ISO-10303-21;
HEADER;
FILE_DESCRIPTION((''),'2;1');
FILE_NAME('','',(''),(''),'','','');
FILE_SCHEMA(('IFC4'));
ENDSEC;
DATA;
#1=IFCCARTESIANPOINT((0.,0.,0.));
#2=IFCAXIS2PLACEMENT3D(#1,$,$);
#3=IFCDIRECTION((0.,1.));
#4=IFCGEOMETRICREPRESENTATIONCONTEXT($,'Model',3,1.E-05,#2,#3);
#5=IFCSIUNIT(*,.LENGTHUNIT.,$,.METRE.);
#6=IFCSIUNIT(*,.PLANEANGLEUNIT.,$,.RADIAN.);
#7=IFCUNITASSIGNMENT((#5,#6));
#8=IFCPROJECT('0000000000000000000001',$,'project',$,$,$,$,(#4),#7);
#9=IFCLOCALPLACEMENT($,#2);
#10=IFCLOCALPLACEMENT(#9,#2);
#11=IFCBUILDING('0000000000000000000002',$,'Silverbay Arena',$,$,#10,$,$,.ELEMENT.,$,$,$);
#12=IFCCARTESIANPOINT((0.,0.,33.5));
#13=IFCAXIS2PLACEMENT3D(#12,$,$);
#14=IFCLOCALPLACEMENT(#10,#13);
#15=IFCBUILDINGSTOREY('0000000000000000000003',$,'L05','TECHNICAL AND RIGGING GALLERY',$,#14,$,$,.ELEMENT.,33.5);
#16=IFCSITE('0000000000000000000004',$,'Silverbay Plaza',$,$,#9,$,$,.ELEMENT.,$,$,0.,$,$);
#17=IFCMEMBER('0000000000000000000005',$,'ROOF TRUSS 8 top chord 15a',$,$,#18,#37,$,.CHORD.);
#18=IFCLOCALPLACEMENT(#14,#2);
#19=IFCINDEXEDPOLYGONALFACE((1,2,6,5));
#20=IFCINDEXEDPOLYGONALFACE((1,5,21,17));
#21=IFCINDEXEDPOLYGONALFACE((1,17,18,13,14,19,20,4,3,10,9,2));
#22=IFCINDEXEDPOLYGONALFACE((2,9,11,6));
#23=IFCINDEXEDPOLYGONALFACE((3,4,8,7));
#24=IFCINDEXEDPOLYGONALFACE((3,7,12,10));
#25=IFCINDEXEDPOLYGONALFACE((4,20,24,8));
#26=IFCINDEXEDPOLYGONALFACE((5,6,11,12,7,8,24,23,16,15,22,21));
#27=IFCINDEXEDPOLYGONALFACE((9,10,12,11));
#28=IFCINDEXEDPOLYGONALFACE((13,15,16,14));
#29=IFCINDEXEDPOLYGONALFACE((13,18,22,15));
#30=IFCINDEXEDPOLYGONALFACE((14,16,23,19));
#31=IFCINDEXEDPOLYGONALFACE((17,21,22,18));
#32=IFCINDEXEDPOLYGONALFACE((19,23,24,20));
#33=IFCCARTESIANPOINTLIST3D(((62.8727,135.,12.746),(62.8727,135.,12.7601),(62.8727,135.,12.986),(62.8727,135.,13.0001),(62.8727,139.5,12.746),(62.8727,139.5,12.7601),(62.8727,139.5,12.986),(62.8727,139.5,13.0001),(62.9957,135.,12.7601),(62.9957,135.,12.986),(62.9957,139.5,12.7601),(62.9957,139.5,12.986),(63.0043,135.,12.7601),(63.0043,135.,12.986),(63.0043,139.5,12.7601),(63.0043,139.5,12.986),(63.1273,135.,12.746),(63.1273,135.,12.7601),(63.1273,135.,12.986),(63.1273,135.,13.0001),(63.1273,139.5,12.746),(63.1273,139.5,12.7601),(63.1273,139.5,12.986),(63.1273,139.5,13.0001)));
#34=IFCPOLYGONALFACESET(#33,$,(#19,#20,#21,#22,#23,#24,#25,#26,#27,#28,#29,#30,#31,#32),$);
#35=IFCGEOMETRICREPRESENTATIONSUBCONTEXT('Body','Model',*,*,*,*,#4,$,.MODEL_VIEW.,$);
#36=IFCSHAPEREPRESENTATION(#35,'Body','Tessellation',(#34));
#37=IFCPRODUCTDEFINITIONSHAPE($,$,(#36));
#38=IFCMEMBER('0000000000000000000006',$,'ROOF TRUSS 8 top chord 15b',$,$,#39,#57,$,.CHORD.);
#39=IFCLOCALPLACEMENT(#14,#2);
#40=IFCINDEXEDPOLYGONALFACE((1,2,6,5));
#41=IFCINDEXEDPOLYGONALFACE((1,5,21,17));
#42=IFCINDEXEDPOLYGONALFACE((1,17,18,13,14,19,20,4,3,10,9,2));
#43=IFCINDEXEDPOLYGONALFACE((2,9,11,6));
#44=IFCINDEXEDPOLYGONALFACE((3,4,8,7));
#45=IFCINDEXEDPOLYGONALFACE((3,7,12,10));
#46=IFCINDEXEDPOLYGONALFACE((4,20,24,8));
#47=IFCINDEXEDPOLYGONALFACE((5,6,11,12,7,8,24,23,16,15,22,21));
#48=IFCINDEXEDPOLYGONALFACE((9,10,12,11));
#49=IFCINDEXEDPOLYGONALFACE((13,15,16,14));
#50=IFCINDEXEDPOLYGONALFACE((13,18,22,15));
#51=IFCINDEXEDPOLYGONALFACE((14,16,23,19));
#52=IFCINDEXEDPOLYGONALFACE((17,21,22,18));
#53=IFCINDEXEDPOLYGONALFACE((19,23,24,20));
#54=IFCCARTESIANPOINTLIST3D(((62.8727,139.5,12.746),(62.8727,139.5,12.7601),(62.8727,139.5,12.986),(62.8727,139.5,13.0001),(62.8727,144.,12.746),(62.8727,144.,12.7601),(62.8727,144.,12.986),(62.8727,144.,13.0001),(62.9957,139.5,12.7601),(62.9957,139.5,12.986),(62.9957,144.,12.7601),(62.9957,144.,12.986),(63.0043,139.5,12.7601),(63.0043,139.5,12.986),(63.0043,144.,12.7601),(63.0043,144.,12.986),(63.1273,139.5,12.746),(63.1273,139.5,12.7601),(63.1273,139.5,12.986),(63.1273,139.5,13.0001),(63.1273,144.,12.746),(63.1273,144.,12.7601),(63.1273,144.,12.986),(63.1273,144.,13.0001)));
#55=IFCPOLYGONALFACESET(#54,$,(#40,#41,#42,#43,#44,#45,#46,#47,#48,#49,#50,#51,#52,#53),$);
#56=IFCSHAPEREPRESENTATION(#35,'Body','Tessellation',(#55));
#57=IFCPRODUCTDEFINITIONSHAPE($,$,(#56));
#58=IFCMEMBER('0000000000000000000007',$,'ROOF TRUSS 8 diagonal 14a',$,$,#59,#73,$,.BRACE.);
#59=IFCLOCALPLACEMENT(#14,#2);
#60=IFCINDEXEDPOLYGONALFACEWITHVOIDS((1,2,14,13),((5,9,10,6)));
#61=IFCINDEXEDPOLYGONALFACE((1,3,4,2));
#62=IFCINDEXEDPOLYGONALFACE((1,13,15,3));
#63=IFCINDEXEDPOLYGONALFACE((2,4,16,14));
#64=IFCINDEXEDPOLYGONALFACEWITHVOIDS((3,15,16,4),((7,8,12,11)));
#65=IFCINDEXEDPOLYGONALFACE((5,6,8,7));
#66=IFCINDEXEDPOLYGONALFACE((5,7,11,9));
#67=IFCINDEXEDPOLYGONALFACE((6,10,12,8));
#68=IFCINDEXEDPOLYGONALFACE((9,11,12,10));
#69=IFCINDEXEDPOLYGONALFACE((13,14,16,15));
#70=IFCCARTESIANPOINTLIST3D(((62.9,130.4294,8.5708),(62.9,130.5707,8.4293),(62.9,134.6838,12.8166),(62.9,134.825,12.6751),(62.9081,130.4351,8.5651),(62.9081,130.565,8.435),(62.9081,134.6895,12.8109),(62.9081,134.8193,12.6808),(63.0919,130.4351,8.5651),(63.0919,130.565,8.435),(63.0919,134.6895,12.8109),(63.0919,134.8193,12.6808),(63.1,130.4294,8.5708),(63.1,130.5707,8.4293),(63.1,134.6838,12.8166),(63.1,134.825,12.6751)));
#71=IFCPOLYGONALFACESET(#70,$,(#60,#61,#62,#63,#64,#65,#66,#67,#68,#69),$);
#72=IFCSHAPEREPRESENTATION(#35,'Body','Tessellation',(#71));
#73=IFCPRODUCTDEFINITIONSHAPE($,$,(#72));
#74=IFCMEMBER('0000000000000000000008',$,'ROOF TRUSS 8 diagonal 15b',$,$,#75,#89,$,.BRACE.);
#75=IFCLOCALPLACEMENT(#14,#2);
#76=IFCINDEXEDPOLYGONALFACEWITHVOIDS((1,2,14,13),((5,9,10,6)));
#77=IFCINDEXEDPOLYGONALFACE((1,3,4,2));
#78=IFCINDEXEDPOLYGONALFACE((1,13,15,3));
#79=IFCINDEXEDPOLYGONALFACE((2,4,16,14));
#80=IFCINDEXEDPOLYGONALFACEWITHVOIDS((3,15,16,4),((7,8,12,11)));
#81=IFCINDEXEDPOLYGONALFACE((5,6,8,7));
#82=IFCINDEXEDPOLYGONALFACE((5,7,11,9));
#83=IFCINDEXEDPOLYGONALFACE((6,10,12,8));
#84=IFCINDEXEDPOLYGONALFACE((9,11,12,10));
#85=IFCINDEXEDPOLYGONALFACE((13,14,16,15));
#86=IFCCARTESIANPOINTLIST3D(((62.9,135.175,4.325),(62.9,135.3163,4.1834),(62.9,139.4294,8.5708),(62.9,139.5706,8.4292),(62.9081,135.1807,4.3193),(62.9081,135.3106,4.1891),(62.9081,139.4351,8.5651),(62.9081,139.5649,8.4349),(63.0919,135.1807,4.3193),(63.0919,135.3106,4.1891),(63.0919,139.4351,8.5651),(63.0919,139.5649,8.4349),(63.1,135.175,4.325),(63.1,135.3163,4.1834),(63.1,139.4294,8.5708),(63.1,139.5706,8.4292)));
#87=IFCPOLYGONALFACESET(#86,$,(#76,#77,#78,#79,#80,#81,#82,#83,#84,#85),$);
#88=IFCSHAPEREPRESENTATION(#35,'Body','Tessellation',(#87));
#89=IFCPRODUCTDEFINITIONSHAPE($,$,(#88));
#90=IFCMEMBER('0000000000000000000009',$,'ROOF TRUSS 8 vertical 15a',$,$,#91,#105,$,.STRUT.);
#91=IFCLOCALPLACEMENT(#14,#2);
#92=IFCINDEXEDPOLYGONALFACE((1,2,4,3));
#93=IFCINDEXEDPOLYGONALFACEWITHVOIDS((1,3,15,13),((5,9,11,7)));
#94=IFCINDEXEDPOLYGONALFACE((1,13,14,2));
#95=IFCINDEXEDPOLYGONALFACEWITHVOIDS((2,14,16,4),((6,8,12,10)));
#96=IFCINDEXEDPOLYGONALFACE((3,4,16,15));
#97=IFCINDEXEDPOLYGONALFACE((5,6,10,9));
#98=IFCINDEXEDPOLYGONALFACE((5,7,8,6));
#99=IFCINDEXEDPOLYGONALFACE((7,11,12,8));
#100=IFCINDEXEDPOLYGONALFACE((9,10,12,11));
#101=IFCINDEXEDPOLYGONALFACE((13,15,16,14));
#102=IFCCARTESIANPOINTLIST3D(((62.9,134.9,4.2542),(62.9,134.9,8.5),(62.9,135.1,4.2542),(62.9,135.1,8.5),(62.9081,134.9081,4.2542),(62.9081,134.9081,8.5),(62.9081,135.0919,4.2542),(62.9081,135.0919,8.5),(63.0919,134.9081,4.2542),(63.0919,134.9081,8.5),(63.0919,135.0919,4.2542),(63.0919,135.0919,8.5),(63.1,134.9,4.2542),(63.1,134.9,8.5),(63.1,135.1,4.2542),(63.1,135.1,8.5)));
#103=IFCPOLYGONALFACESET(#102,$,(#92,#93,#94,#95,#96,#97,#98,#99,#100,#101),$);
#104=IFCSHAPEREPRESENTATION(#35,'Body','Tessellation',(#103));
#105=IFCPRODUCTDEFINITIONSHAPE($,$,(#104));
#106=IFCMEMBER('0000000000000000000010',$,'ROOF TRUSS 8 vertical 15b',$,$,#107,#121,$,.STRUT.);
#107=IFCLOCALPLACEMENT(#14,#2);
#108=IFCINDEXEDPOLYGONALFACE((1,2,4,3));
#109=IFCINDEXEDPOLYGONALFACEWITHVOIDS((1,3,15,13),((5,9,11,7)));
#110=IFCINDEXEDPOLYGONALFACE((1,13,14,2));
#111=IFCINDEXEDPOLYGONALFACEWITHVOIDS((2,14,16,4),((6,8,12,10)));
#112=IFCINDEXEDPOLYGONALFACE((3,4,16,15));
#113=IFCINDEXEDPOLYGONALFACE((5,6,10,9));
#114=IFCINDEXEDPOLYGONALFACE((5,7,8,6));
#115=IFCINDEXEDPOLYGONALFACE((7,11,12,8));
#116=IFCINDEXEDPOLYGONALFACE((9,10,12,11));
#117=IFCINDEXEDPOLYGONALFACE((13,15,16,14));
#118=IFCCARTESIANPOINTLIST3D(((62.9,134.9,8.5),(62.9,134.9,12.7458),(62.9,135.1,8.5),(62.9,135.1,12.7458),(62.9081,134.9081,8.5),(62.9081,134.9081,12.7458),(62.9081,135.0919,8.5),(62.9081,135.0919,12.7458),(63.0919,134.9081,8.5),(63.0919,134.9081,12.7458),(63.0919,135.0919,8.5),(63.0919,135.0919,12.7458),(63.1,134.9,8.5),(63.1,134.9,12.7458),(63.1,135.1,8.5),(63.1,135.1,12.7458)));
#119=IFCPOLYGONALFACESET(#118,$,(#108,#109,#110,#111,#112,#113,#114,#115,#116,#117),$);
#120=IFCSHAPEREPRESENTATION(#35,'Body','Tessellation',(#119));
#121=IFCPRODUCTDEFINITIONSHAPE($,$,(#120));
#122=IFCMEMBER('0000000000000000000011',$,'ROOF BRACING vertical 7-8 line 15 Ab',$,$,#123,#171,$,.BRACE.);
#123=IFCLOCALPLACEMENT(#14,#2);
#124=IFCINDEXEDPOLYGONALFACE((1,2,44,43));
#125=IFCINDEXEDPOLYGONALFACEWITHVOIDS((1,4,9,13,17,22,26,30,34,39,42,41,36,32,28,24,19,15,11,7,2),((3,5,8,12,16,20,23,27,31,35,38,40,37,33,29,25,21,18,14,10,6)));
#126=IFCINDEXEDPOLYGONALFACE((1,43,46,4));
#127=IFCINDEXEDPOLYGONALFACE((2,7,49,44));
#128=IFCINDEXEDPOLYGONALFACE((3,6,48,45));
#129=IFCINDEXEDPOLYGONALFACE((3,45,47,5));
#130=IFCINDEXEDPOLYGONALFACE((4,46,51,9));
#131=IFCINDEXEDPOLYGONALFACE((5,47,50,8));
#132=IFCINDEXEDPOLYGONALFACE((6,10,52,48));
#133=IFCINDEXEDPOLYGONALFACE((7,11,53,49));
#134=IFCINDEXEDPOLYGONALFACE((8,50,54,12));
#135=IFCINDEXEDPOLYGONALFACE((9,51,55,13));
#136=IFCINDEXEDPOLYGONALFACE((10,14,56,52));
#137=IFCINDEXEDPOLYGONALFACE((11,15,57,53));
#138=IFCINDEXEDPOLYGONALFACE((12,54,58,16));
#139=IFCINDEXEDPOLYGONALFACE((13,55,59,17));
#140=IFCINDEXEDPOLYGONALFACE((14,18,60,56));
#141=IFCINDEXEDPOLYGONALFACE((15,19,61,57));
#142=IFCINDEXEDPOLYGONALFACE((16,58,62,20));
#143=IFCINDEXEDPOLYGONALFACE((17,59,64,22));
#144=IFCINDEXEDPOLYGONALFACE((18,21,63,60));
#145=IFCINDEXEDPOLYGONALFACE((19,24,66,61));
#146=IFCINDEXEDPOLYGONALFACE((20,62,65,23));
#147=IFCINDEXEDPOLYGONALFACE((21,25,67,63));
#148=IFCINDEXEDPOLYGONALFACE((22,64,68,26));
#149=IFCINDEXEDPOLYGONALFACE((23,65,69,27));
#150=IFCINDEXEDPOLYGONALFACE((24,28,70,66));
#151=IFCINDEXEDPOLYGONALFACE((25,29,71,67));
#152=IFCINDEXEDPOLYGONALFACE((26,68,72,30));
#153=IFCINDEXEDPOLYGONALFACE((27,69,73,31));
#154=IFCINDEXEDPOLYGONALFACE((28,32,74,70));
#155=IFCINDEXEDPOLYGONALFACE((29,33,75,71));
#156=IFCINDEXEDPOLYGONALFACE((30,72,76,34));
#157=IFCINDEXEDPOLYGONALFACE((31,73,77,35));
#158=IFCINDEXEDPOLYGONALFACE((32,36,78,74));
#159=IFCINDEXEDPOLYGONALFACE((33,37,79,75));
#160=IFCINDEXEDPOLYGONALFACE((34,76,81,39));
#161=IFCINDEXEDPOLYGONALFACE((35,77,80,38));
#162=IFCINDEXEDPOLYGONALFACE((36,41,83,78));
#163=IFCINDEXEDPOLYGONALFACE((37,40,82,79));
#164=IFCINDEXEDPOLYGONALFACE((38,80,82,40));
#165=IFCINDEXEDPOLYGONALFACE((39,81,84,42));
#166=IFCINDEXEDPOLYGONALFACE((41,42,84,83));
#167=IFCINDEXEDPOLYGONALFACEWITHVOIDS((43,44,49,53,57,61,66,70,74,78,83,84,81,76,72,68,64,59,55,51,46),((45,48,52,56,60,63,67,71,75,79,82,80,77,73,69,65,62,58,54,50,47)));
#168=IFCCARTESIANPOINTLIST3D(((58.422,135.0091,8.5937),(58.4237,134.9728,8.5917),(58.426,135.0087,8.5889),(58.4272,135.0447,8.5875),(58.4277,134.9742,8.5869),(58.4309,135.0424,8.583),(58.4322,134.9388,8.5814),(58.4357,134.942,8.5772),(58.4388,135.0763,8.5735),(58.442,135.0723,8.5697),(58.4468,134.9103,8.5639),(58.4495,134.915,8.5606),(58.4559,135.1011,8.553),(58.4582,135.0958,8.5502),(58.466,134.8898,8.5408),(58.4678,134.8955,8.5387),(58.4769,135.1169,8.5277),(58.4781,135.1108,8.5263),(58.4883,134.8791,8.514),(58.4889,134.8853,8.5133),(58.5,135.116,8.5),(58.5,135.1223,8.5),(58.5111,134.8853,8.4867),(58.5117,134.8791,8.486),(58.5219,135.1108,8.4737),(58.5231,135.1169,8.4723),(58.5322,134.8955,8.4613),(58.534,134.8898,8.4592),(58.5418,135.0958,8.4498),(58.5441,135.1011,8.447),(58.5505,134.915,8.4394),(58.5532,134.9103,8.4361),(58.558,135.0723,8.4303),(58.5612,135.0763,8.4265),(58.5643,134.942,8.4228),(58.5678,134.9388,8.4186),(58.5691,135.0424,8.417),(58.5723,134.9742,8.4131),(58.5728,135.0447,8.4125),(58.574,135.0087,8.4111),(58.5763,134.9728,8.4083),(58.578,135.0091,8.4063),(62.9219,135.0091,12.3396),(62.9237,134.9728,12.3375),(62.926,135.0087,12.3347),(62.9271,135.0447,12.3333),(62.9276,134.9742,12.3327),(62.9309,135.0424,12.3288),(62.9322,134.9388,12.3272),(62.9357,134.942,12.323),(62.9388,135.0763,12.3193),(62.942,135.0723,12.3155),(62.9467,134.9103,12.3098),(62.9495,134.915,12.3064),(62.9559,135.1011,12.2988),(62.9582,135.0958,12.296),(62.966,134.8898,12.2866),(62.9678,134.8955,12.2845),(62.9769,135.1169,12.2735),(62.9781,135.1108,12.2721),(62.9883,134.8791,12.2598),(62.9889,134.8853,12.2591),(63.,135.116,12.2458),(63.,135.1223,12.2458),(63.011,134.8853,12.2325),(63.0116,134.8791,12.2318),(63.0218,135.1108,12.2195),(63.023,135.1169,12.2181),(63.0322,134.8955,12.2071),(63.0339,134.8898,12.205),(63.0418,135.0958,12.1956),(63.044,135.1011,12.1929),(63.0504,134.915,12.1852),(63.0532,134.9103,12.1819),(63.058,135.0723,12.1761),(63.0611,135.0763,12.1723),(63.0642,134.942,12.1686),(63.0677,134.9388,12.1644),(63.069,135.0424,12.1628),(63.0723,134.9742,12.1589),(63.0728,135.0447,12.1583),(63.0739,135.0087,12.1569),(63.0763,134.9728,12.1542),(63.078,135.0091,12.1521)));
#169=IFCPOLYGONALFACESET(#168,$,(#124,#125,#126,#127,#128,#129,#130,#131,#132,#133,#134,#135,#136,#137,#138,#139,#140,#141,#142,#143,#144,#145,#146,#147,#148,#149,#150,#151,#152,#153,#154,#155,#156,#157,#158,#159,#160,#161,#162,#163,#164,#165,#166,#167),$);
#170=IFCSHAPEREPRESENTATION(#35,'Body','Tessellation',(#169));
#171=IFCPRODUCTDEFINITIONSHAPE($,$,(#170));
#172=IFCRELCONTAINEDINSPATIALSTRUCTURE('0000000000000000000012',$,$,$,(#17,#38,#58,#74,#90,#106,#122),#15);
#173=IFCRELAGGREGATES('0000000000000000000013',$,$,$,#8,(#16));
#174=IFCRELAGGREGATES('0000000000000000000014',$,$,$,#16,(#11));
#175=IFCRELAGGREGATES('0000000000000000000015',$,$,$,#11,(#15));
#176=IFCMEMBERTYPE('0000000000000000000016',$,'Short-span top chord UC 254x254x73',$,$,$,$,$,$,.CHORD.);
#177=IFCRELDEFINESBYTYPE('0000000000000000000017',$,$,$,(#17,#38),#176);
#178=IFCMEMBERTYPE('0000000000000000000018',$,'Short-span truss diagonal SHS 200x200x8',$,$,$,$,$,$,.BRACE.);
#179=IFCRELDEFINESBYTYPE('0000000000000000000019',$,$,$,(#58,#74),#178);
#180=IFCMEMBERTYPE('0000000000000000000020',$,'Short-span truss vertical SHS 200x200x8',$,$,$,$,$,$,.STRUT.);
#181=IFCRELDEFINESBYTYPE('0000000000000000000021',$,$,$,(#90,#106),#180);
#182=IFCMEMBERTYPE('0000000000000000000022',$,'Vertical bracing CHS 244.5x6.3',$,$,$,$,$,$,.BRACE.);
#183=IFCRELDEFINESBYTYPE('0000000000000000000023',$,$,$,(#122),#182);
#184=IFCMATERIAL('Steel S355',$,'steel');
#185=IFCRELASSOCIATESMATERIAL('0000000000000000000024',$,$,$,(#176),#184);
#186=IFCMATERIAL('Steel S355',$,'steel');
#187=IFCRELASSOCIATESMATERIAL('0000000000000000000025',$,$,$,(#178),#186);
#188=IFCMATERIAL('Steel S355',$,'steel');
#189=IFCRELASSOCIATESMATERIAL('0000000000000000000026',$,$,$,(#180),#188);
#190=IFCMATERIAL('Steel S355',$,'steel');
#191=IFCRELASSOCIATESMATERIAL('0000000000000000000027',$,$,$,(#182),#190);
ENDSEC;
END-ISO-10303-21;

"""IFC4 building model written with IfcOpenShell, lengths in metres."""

from ifc_helpers import new_model, si_unit, direction, frame, origin, origin_2d, place, context, subcontext, project, spatial, hollow_rectangle, hollow_circle, i_section, extrude, material, material_profile, profile_set, type_object, element, save


model = new_model("IFC4")

# Units and contexts
model_context = context("Model", 3, precision=1e-05, world=origin(), true_north=direction((0.0, 1.0)))
body_context = subcontext(model_context, "Body", "Model", "MODEL_VIEW")
ifc_project = project(units=[si_unit("LENGTHUNIT", "METRE"), si_unit("PLANEANGLEUNIT", "RADIAN")], contexts=[model_context])

# Site, building, storey
site_placement = place(None, origin())
site = spatial("IfcSite", under=ifc_project, at=site_placement, Name="Silverbay Plaza", CompositionType="ELEMENT", RefElevation=0.0)
building_placement = place(site_placement, origin())
building = spatial("IfcBuilding", under=site, at=building_placement, Name="Silverbay Arena", CompositionType="ELEMENT")
storey_placement = place(building_placement, frame((0.0, 0.0, 33.5)))
storey = spatial("IfcBuildingStorey", under=building, at=storey_placement, Name="L05", Description="TECHNICAL AND RIGGING GALLERY", CompositionType="ELEMENT", Elevation=33.5)

# Members
ifc_material_1 = material(Name="Steel S355", Category="steel")
ifc_material_profile_1 = material_profile(ifc_material_1, i_section(OverallWidth=0.2546, OverallDepth=0.2542, WebThickness=0.0085, FlangeThickness=0.0142, at=origin_2d()), Name="UC 254x254x73")
ifc_profile_set_1 = profile_set([ifc_material_profile_1], Name="Steel S355")
member_type_1 = type_object("IfcMemberType", Name="Short-span top chord UC 254x254x73", PredefinedType="CHORD", material=ifc_profile_set_1)
for number, where, z_axis, x_axis, name in (
    (1, (63.0, 135.0, 12.873), (0.0, 1.0, 0.0), (-1.0, 0.0, 0.0), "ROOF TRUSS 8 top chord 15a"),
    (2, (63.0, 139.5, 12.873), (0.0, 1.0, 0.0), (-1.0, 0.0, 0.0), "ROOF TRUSS 8 top chord 15b"),
):
    element("IfcMember", number, at=place(storey_placement, frame(where, z_axis=z_axis, x_axis=x_axis)), inside=storey, type_object=member_type_1, Name=name, PredefinedType="CHORD", context=body_context, shape_type="SweptSolid", body=[
        extrude(i_section(OverallWidth=0.2546, OverallDepth=0.2542, WebThickness=0.0085, FlangeThickness=0.0142, at=origin_2d()), origin(), (0.0, 0.0, 1.0), 4.5),
    ])
ifc_material_2 = material(Name="Steel S355", Category="steel")
ifc_material_profile_2 = material_profile(ifc_material_2, hollow_rectangle(XDim=0.2, YDim=0.2, WallThickness=0.0081, at=origin_2d()), Name="SHS 200x200x8")
ifc_profile_set_2 = profile_set([ifc_material_profile_2], Name="Steel S355")
member_type_2 = type_object("IfcMemberType", Name="Short-span truss diagonal SHS 200x200x8", PredefinedType="BRACE", material=ifc_profile_set_2)
for number, where, z_axis, x_axis, name in (
    (3, (63.0, 134.7544, 12.7458), (0.0, -0.707817, -0.706396), (1.0, 0.0, 0.0), "ROOF TRUSS 8 diagonal 14a"),
    (4, (63.0, 139.5, 8.5), (0.0, -0.707817, -0.706396), (1.0, 0.0, 0.0), "ROOF TRUSS 8 diagonal 15b"),
):
    element("IfcMember", number, at=place(storey_placement, frame(where, z_axis=z_axis, x_axis=x_axis)), inside=storey, type_object=member_type_2, Name=name, PredefinedType="BRACE", context=body_context, shape_type="SweptSolid", body=[
        extrude(hollow_rectangle(XDim=0.2, YDim=0.2, WallThickness=0.0081, at=origin_2d()), origin(), (0.0, 0.0, 1.0), 6.0105),
    ])
ifc_material_3 = material(Name="Steel S355", Category="steel")
ifc_material_profile_3 = material_profile(ifc_material_3, hollow_rectangle(XDim=0.2, YDim=0.2, WallThickness=0.0081, at=origin_2d()), Name="SHS 200x200x8")
ifc_profile_set_3 = profile_set([ifc_material_profile_3], Name="Steel S355")
member_type_3 = type_object("IfcMemberType", Name="Short-span truss vertical SHS 200x200x8", PredefinedType="STRUT", material=ifc_profile_set_3)
for number, where, z_axis, x_axis, name in (
    (5, (63.0, 135.0, 4.2542), (0.0, 0.0, 1.0), (1.0, 0.0, 0.0), "ROOF TRUSS 8 vertical 15a"),
    (6, (63.0, 135.0, 8.5), (0.0, 0.0, 1.0), (1.0, 0.0, 0.0), "ROOF TRUSS 8 vertical 15b"),
):
    element("IfcMember", number, at=place(storey_placement, frame(where, z_axis=z_axis, x_axis=x_axis)), inside=storey, type_object=member_type_3, Name=name, PredefinedType="STRUT", context=body_context, shape_type="SweptSolid", body=[
        extrude(hollow_rectangle(XDim=0.2, YDim=0.2, WallThickness=0.0081, at=origin_2d()), origin(), (0.0, 0.0, 1.0), 4.2458),
    ])
ifc_material_4 = material(Name="Steel S355", Category="steel")
ifc_material_profile_4 = material_profile(ifc_material_4, hollow_circle(Radius=0.1223, WallThickness=0.0063, at=origin_2d()), Name="CHS 244.5x6.3")
ifc_profile_set_4 = profile_set([ifc_material_profile_4], Name="Steel S355")
member_type_4 = type_object("IfcMemberType", Name="Vertical bracing CHS 244.5x6.3", PredefinedType="BRACE", material=ifc_profile_set_4)
for number, where, z_axis, x_axis, name in (
    (7, (58.5, 135.0, 8.5), (0.76857, 0.0, 0.639766), (0.0, 1.0, 0.0), "ROOF BRACING vertical 7-8 line 15 Ab"),
):
    element("IfcMember", number, at=place(storey_placement, frame(where, z_axis=z_axis, x_axis=x_axis)), inside=storey, type_object=member_type_4, Name=name, PredefinedType="BRACE", context=body_context, shape_type="SweptSolid", body=[
        extrude(hollow_circle(Radius=0.1223, WallThickness=0.0063, at=origin_2d()), origin(), (0.0, 0.0, 1.0), 5.855),
    ])

save(model, "model.ifc")
